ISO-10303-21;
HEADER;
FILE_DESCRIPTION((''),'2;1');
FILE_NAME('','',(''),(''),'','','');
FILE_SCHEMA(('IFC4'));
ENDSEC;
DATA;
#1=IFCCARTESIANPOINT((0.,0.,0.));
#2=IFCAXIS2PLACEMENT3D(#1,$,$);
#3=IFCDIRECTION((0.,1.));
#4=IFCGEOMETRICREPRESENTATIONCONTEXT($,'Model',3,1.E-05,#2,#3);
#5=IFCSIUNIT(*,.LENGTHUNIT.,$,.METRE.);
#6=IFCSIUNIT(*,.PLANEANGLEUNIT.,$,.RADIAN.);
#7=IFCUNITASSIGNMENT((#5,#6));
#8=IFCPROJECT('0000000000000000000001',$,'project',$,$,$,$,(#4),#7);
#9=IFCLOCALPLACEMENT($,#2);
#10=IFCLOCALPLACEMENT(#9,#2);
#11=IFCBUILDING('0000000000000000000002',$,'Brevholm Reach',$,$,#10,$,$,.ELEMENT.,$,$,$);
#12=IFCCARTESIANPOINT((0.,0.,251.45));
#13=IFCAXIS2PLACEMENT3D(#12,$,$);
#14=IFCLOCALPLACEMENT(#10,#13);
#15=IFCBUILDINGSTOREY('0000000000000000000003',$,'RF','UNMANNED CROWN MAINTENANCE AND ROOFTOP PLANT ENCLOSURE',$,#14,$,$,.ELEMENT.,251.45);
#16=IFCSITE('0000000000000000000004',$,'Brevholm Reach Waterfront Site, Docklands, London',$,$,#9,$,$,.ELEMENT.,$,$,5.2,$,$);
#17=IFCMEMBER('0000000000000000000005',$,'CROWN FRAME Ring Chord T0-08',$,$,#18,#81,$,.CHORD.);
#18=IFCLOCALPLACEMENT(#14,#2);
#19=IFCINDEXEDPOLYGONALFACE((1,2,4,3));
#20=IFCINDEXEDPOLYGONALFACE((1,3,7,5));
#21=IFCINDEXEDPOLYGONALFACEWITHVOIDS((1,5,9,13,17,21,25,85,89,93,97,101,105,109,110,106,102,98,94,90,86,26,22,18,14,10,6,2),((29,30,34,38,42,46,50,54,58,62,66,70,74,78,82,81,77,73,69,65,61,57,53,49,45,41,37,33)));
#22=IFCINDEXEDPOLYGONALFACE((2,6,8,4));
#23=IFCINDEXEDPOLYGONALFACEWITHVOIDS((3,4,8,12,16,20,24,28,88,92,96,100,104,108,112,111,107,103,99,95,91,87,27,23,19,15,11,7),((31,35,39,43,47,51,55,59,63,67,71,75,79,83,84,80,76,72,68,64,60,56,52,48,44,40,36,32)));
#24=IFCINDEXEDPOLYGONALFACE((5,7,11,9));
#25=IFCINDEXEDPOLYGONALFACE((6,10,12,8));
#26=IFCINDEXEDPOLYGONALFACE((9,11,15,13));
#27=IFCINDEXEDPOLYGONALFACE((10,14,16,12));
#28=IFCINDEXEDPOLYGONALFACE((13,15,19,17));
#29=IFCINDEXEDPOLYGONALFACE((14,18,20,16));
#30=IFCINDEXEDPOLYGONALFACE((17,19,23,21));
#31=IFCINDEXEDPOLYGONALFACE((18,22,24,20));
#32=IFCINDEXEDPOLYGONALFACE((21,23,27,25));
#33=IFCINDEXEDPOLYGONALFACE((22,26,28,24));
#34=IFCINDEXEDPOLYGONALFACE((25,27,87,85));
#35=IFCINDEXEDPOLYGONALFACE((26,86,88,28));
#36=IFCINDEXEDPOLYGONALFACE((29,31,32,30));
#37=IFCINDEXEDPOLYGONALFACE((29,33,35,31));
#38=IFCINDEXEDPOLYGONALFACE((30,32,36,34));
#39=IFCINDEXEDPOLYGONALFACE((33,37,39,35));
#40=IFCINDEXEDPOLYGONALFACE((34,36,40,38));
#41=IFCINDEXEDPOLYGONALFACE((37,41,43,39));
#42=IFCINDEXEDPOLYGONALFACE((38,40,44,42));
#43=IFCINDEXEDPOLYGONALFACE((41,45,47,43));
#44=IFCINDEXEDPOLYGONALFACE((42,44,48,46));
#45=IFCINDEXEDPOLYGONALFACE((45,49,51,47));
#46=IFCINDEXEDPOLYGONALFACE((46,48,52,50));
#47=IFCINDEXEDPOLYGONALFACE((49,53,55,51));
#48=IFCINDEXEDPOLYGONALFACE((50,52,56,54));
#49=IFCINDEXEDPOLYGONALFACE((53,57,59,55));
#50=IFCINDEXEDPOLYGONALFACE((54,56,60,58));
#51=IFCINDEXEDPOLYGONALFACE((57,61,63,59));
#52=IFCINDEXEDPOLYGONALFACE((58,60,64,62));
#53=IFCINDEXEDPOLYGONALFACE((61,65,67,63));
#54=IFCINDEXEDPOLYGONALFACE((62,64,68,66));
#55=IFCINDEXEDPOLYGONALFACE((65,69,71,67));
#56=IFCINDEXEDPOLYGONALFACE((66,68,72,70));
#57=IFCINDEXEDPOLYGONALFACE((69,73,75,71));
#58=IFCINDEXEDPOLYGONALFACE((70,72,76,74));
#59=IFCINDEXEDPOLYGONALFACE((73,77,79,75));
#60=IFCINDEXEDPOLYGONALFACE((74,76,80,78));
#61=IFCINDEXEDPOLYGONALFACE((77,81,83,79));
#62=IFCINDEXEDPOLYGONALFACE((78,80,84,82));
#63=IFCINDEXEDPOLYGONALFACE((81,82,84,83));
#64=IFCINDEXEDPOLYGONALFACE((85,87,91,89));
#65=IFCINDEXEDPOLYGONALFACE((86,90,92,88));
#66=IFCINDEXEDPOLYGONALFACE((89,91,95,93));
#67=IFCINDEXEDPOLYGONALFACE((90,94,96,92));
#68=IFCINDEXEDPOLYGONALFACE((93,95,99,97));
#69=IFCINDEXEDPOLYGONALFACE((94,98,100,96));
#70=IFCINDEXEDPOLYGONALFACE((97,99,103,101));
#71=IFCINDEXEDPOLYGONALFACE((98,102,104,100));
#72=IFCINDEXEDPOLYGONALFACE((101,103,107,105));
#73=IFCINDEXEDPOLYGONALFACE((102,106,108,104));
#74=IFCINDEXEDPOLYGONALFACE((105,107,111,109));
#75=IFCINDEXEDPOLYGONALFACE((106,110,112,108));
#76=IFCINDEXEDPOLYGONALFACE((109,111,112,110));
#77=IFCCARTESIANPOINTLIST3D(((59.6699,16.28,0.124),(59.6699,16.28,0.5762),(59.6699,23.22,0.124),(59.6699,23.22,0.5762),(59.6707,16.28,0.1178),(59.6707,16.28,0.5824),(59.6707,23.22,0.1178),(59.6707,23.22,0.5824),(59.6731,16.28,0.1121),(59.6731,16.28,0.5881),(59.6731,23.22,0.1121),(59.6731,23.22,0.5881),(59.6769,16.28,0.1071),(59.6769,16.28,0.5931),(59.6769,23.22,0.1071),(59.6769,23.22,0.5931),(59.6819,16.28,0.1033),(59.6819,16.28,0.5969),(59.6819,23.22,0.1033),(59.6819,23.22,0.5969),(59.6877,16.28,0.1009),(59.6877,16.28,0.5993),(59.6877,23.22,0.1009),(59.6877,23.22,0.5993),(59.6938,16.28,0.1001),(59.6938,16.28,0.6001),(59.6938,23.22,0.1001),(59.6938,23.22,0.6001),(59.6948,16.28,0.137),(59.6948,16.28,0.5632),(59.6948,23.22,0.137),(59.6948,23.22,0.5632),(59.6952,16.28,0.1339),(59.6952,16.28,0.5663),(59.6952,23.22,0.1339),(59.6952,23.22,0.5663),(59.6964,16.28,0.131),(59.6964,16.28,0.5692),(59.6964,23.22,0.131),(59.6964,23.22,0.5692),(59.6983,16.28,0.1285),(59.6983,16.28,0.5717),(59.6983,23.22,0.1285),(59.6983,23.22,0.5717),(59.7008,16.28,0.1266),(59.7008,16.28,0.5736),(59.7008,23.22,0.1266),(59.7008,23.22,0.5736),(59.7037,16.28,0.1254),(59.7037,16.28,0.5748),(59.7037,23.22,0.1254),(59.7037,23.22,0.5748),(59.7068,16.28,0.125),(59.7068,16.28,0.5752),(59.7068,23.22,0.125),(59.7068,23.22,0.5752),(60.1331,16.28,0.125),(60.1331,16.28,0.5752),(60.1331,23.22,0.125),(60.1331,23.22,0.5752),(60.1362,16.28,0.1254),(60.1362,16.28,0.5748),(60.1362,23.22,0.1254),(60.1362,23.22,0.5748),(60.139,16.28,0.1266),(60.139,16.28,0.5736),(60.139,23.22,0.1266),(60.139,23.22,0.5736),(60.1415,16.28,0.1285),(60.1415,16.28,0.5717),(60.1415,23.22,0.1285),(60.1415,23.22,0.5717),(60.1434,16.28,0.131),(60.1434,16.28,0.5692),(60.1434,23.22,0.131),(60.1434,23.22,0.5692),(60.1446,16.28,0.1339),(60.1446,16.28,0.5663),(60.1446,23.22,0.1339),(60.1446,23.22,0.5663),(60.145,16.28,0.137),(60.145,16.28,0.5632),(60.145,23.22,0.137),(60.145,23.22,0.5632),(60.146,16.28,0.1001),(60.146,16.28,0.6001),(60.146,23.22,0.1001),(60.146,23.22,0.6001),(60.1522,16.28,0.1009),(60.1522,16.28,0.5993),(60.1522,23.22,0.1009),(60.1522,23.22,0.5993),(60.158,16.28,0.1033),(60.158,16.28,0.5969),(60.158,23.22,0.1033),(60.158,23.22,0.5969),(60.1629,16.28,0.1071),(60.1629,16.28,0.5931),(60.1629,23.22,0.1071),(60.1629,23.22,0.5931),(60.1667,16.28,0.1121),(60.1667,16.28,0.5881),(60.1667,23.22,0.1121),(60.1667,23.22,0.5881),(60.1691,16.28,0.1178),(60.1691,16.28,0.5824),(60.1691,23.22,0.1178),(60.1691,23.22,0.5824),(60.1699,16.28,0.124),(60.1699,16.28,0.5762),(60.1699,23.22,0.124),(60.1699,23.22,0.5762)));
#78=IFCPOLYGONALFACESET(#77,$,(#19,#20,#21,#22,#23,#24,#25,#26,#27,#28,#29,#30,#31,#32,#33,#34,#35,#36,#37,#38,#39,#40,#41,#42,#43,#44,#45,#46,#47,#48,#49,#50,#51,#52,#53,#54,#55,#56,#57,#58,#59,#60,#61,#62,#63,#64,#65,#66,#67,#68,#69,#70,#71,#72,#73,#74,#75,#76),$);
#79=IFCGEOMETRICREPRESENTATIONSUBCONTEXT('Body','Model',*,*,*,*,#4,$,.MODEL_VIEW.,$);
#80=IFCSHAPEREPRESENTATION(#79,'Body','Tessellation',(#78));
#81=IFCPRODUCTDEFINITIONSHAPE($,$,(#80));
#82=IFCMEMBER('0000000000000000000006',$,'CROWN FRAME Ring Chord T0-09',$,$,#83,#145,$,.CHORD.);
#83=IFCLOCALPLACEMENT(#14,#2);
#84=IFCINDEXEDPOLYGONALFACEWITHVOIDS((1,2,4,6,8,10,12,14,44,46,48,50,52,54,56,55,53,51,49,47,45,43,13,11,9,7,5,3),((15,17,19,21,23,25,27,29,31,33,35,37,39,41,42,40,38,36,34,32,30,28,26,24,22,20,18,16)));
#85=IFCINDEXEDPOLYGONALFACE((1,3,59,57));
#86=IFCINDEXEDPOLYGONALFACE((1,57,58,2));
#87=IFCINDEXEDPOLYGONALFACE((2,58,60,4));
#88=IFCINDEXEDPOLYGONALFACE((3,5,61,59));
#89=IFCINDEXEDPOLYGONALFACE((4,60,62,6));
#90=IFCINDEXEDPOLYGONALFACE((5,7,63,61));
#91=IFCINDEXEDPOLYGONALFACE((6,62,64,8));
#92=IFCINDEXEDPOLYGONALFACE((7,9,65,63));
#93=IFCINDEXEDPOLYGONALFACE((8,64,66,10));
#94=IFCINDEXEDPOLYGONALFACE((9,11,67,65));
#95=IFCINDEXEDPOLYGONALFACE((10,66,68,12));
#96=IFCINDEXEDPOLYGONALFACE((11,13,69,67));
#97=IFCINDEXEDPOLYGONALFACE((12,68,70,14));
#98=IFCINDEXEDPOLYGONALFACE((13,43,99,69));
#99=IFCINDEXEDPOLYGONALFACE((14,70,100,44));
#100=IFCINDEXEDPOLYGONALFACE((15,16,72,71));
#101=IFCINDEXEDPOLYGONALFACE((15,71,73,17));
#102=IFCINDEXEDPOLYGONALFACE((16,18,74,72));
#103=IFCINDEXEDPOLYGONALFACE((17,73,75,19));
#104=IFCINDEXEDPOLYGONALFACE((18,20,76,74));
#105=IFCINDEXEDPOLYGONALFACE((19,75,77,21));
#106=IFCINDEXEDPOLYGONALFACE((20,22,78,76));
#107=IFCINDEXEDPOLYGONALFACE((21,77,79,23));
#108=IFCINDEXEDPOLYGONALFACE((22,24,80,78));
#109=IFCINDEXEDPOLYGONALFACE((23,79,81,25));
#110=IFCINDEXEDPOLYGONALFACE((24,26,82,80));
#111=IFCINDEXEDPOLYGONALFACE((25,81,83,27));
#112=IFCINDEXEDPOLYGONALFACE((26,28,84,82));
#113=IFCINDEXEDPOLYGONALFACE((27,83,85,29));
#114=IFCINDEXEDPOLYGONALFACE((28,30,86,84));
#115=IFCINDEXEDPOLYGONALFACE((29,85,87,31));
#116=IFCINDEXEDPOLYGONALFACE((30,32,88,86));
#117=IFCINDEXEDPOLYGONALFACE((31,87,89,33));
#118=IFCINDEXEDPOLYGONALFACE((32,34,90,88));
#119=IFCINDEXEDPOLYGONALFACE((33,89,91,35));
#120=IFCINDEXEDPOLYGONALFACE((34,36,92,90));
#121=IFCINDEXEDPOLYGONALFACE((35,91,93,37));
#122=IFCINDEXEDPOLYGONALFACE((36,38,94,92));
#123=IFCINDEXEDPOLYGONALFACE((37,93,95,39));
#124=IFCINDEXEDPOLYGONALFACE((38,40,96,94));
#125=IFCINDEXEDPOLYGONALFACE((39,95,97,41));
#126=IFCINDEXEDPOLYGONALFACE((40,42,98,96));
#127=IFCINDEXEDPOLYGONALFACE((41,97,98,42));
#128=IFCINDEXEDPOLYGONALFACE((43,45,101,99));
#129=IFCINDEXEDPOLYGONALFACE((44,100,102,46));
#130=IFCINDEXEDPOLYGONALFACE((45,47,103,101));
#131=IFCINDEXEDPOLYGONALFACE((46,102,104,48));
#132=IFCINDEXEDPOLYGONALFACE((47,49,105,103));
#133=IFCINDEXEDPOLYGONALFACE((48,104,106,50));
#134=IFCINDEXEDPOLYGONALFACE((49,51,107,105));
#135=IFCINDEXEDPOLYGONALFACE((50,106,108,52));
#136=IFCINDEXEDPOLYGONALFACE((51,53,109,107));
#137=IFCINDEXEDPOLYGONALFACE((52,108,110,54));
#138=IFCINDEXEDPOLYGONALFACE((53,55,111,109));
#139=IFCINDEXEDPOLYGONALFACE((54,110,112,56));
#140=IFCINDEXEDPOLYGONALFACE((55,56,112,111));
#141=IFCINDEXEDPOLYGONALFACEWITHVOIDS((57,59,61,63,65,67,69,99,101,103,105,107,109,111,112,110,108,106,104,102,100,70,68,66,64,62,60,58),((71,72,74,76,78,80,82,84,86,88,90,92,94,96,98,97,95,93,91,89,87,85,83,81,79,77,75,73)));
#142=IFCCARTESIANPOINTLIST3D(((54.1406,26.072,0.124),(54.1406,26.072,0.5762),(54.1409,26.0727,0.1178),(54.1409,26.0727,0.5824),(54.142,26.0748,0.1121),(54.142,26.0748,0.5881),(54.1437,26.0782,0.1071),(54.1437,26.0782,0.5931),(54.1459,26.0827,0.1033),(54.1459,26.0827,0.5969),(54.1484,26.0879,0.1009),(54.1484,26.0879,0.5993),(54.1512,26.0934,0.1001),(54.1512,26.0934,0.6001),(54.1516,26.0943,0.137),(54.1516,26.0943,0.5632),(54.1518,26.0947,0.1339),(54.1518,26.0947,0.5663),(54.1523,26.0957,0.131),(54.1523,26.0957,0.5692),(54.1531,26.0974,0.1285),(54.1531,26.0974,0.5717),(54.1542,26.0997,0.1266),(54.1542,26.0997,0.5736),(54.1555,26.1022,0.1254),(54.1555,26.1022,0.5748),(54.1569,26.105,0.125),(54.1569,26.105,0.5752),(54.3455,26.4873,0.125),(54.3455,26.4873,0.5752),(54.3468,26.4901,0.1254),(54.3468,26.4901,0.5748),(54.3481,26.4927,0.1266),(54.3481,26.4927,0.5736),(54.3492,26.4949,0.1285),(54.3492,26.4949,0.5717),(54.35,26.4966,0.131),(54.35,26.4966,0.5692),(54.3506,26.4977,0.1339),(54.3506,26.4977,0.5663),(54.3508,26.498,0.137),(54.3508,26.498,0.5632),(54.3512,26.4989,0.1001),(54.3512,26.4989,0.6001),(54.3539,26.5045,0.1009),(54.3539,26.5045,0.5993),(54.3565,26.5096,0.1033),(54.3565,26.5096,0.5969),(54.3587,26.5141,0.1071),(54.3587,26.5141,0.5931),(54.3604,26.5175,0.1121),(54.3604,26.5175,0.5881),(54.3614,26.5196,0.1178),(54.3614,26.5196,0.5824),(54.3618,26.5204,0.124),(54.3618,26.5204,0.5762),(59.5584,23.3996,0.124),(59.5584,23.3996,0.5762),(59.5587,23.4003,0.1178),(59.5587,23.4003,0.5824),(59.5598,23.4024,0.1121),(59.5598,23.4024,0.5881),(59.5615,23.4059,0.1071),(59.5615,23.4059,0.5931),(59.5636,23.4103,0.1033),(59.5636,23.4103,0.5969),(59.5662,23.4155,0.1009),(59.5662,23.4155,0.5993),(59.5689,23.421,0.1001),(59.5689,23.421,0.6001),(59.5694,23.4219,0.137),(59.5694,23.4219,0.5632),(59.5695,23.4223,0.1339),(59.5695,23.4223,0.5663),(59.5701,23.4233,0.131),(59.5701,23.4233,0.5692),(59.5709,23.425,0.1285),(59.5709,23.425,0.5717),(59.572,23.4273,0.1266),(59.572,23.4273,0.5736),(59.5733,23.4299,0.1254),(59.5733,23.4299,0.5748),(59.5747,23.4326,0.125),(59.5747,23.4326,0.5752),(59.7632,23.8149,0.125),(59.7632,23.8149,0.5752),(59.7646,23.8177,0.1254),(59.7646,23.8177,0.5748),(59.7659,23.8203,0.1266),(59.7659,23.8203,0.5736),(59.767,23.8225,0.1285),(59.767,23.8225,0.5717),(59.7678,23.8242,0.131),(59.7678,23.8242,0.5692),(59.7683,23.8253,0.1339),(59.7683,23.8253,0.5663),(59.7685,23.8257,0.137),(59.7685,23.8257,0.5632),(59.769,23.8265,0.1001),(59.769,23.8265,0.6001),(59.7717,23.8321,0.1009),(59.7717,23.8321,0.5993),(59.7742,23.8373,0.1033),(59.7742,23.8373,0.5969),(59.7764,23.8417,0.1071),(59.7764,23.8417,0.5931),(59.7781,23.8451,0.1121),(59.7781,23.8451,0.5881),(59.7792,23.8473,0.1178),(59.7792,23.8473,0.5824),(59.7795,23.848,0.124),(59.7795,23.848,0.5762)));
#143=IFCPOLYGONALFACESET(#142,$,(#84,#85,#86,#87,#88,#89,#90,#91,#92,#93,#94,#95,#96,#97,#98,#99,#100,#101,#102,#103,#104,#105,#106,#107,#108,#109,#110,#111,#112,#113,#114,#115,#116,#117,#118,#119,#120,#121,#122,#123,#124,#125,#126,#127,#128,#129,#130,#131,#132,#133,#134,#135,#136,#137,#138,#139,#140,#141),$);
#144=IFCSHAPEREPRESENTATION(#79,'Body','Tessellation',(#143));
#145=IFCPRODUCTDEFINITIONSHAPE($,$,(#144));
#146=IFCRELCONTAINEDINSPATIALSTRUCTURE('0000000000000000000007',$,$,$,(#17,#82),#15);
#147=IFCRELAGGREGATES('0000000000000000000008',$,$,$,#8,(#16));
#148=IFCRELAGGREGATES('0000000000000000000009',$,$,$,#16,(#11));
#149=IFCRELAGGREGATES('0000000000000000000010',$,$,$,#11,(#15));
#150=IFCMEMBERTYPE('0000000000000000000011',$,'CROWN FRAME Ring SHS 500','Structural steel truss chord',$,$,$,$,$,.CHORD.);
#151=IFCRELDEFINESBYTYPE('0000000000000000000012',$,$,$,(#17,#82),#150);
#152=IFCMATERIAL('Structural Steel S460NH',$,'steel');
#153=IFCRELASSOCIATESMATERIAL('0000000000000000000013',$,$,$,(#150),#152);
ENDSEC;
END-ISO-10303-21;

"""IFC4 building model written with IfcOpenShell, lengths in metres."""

from ifc_helpers import new_model, si_unit, direction, frame, origin, origin_2d, place, context, subcontext, project, spatial, hollow_rectangle, extrude, material, material_profile, profile_set, type_object, element, save


model = new_model("IFC4")

# Units and contexts
model_context = context("Model", 3, precision=1e-05, world=origin(), true_north=direction((0.0, 1.0)))
body_context = subcontext(model_context, "Body", "Model", "MODEL_VIEW")
ifc_project = project(units=[si_unit("LENGTHUNIT", "METRE"), si_unit("PLANEANGLEUNIT", "RADIAN")], contexts=[model_context])

# Site, building, storey
site_placement = place(None, origin())
site = spatial("IfcSite", under=ifc_project, at=site_placement, Name="Brevholm Reach Waterfront Site, Docklands, London", CompositionType="ELEMENT", RefElevation=5.2)
building_placement = place(site_placement, origin())
building = spatial("IfcBuilding", under=site, at=building_placement, Name="Brevholm Reach", CompositionType="ELEMENT")
storey_placement = place(building_placement, frame((0.0, 0.0, 251.45)))
storey = spatial("IfcBuildingStorey", under=building, at=storey_placement, Name="RF", Description="UNMANNED CROWN MAINTENANCE AND ROOFTOP PLANT ENCLOSURE", CompositionType="ELEMENT", Elevation=251.45)

# Members
ifc_material_1 = material(Name="Structural Steel S460NH", Category="steel")
ifc_material_profile_1 = material_profile(ifc_material_1, hollow_rectangle(XDim=0.5, YDim=0.5, WallThickness=0.0249, InnerFilletRadius=0.012, OuterFilletRadius=0.0239, at=origin_2d()), Name="SHS 500x500x25")
ifc_profile_set_1 = profile_set([ifc_material_profile_1], Name="Structural Steel S460NH")
member_type_1 = type_object("IfcMemberType", Name="CROWN FRAME Ring SHS 500", Description="Structural steel truss chord", PredefinedType="CHORD", material=ifc_profile_set_1)
member_1_placement = place(storey_placement, frame((59.9199, 16.28, 0.3501), z_axis=(0.0, 1.0, 0.0), x_axis=(-1.0, 0.0, 0.0)))
element("IfcMember", 1, at=member_1_placement, inside=storey, type_object=member_type_1, Name="CROWN FRAME Ring Chord T0-08", PredefinedType="CHORD", context=body_context, shape_type="SweptSolid", body=[
    extrude(hollow_rectangle(XDim=0.5, YDim=0.5, WallThickness=0.0249, InnerFilletRadius=0.012, OuterFilletRadius=0.0239, at=origin_2d()), origin(), (0.0, 0.0, 1.0), 6.9399),
])
member_2_placement = place(storey_placement, frame((59.6689, 23.6238, 0.3501), z_axis=(-0.896831, 0.442374, 0.0), x_axis=(-0.442374, -0.896831, 0.0)))
element("IfcMember", 2, at=member_2_placement, inside=storey, type_object=member_type_1, Name="CROWN FRAME Ring Chord T0-09", PredefinedType="CHORD", context=body_context, shape_type="SweptSolid", body=[
    extrude(hollow_rectangle(XDim=0.5, YDim=0.5, WallThickness=0.0249, InnerFilletRadius=0.012, OuterFilletRadius=0.0239, at=origin_2d()), origin(), (0.0, 0.0, 1.0), 6.041),
])

save(model, "model.ifc")
